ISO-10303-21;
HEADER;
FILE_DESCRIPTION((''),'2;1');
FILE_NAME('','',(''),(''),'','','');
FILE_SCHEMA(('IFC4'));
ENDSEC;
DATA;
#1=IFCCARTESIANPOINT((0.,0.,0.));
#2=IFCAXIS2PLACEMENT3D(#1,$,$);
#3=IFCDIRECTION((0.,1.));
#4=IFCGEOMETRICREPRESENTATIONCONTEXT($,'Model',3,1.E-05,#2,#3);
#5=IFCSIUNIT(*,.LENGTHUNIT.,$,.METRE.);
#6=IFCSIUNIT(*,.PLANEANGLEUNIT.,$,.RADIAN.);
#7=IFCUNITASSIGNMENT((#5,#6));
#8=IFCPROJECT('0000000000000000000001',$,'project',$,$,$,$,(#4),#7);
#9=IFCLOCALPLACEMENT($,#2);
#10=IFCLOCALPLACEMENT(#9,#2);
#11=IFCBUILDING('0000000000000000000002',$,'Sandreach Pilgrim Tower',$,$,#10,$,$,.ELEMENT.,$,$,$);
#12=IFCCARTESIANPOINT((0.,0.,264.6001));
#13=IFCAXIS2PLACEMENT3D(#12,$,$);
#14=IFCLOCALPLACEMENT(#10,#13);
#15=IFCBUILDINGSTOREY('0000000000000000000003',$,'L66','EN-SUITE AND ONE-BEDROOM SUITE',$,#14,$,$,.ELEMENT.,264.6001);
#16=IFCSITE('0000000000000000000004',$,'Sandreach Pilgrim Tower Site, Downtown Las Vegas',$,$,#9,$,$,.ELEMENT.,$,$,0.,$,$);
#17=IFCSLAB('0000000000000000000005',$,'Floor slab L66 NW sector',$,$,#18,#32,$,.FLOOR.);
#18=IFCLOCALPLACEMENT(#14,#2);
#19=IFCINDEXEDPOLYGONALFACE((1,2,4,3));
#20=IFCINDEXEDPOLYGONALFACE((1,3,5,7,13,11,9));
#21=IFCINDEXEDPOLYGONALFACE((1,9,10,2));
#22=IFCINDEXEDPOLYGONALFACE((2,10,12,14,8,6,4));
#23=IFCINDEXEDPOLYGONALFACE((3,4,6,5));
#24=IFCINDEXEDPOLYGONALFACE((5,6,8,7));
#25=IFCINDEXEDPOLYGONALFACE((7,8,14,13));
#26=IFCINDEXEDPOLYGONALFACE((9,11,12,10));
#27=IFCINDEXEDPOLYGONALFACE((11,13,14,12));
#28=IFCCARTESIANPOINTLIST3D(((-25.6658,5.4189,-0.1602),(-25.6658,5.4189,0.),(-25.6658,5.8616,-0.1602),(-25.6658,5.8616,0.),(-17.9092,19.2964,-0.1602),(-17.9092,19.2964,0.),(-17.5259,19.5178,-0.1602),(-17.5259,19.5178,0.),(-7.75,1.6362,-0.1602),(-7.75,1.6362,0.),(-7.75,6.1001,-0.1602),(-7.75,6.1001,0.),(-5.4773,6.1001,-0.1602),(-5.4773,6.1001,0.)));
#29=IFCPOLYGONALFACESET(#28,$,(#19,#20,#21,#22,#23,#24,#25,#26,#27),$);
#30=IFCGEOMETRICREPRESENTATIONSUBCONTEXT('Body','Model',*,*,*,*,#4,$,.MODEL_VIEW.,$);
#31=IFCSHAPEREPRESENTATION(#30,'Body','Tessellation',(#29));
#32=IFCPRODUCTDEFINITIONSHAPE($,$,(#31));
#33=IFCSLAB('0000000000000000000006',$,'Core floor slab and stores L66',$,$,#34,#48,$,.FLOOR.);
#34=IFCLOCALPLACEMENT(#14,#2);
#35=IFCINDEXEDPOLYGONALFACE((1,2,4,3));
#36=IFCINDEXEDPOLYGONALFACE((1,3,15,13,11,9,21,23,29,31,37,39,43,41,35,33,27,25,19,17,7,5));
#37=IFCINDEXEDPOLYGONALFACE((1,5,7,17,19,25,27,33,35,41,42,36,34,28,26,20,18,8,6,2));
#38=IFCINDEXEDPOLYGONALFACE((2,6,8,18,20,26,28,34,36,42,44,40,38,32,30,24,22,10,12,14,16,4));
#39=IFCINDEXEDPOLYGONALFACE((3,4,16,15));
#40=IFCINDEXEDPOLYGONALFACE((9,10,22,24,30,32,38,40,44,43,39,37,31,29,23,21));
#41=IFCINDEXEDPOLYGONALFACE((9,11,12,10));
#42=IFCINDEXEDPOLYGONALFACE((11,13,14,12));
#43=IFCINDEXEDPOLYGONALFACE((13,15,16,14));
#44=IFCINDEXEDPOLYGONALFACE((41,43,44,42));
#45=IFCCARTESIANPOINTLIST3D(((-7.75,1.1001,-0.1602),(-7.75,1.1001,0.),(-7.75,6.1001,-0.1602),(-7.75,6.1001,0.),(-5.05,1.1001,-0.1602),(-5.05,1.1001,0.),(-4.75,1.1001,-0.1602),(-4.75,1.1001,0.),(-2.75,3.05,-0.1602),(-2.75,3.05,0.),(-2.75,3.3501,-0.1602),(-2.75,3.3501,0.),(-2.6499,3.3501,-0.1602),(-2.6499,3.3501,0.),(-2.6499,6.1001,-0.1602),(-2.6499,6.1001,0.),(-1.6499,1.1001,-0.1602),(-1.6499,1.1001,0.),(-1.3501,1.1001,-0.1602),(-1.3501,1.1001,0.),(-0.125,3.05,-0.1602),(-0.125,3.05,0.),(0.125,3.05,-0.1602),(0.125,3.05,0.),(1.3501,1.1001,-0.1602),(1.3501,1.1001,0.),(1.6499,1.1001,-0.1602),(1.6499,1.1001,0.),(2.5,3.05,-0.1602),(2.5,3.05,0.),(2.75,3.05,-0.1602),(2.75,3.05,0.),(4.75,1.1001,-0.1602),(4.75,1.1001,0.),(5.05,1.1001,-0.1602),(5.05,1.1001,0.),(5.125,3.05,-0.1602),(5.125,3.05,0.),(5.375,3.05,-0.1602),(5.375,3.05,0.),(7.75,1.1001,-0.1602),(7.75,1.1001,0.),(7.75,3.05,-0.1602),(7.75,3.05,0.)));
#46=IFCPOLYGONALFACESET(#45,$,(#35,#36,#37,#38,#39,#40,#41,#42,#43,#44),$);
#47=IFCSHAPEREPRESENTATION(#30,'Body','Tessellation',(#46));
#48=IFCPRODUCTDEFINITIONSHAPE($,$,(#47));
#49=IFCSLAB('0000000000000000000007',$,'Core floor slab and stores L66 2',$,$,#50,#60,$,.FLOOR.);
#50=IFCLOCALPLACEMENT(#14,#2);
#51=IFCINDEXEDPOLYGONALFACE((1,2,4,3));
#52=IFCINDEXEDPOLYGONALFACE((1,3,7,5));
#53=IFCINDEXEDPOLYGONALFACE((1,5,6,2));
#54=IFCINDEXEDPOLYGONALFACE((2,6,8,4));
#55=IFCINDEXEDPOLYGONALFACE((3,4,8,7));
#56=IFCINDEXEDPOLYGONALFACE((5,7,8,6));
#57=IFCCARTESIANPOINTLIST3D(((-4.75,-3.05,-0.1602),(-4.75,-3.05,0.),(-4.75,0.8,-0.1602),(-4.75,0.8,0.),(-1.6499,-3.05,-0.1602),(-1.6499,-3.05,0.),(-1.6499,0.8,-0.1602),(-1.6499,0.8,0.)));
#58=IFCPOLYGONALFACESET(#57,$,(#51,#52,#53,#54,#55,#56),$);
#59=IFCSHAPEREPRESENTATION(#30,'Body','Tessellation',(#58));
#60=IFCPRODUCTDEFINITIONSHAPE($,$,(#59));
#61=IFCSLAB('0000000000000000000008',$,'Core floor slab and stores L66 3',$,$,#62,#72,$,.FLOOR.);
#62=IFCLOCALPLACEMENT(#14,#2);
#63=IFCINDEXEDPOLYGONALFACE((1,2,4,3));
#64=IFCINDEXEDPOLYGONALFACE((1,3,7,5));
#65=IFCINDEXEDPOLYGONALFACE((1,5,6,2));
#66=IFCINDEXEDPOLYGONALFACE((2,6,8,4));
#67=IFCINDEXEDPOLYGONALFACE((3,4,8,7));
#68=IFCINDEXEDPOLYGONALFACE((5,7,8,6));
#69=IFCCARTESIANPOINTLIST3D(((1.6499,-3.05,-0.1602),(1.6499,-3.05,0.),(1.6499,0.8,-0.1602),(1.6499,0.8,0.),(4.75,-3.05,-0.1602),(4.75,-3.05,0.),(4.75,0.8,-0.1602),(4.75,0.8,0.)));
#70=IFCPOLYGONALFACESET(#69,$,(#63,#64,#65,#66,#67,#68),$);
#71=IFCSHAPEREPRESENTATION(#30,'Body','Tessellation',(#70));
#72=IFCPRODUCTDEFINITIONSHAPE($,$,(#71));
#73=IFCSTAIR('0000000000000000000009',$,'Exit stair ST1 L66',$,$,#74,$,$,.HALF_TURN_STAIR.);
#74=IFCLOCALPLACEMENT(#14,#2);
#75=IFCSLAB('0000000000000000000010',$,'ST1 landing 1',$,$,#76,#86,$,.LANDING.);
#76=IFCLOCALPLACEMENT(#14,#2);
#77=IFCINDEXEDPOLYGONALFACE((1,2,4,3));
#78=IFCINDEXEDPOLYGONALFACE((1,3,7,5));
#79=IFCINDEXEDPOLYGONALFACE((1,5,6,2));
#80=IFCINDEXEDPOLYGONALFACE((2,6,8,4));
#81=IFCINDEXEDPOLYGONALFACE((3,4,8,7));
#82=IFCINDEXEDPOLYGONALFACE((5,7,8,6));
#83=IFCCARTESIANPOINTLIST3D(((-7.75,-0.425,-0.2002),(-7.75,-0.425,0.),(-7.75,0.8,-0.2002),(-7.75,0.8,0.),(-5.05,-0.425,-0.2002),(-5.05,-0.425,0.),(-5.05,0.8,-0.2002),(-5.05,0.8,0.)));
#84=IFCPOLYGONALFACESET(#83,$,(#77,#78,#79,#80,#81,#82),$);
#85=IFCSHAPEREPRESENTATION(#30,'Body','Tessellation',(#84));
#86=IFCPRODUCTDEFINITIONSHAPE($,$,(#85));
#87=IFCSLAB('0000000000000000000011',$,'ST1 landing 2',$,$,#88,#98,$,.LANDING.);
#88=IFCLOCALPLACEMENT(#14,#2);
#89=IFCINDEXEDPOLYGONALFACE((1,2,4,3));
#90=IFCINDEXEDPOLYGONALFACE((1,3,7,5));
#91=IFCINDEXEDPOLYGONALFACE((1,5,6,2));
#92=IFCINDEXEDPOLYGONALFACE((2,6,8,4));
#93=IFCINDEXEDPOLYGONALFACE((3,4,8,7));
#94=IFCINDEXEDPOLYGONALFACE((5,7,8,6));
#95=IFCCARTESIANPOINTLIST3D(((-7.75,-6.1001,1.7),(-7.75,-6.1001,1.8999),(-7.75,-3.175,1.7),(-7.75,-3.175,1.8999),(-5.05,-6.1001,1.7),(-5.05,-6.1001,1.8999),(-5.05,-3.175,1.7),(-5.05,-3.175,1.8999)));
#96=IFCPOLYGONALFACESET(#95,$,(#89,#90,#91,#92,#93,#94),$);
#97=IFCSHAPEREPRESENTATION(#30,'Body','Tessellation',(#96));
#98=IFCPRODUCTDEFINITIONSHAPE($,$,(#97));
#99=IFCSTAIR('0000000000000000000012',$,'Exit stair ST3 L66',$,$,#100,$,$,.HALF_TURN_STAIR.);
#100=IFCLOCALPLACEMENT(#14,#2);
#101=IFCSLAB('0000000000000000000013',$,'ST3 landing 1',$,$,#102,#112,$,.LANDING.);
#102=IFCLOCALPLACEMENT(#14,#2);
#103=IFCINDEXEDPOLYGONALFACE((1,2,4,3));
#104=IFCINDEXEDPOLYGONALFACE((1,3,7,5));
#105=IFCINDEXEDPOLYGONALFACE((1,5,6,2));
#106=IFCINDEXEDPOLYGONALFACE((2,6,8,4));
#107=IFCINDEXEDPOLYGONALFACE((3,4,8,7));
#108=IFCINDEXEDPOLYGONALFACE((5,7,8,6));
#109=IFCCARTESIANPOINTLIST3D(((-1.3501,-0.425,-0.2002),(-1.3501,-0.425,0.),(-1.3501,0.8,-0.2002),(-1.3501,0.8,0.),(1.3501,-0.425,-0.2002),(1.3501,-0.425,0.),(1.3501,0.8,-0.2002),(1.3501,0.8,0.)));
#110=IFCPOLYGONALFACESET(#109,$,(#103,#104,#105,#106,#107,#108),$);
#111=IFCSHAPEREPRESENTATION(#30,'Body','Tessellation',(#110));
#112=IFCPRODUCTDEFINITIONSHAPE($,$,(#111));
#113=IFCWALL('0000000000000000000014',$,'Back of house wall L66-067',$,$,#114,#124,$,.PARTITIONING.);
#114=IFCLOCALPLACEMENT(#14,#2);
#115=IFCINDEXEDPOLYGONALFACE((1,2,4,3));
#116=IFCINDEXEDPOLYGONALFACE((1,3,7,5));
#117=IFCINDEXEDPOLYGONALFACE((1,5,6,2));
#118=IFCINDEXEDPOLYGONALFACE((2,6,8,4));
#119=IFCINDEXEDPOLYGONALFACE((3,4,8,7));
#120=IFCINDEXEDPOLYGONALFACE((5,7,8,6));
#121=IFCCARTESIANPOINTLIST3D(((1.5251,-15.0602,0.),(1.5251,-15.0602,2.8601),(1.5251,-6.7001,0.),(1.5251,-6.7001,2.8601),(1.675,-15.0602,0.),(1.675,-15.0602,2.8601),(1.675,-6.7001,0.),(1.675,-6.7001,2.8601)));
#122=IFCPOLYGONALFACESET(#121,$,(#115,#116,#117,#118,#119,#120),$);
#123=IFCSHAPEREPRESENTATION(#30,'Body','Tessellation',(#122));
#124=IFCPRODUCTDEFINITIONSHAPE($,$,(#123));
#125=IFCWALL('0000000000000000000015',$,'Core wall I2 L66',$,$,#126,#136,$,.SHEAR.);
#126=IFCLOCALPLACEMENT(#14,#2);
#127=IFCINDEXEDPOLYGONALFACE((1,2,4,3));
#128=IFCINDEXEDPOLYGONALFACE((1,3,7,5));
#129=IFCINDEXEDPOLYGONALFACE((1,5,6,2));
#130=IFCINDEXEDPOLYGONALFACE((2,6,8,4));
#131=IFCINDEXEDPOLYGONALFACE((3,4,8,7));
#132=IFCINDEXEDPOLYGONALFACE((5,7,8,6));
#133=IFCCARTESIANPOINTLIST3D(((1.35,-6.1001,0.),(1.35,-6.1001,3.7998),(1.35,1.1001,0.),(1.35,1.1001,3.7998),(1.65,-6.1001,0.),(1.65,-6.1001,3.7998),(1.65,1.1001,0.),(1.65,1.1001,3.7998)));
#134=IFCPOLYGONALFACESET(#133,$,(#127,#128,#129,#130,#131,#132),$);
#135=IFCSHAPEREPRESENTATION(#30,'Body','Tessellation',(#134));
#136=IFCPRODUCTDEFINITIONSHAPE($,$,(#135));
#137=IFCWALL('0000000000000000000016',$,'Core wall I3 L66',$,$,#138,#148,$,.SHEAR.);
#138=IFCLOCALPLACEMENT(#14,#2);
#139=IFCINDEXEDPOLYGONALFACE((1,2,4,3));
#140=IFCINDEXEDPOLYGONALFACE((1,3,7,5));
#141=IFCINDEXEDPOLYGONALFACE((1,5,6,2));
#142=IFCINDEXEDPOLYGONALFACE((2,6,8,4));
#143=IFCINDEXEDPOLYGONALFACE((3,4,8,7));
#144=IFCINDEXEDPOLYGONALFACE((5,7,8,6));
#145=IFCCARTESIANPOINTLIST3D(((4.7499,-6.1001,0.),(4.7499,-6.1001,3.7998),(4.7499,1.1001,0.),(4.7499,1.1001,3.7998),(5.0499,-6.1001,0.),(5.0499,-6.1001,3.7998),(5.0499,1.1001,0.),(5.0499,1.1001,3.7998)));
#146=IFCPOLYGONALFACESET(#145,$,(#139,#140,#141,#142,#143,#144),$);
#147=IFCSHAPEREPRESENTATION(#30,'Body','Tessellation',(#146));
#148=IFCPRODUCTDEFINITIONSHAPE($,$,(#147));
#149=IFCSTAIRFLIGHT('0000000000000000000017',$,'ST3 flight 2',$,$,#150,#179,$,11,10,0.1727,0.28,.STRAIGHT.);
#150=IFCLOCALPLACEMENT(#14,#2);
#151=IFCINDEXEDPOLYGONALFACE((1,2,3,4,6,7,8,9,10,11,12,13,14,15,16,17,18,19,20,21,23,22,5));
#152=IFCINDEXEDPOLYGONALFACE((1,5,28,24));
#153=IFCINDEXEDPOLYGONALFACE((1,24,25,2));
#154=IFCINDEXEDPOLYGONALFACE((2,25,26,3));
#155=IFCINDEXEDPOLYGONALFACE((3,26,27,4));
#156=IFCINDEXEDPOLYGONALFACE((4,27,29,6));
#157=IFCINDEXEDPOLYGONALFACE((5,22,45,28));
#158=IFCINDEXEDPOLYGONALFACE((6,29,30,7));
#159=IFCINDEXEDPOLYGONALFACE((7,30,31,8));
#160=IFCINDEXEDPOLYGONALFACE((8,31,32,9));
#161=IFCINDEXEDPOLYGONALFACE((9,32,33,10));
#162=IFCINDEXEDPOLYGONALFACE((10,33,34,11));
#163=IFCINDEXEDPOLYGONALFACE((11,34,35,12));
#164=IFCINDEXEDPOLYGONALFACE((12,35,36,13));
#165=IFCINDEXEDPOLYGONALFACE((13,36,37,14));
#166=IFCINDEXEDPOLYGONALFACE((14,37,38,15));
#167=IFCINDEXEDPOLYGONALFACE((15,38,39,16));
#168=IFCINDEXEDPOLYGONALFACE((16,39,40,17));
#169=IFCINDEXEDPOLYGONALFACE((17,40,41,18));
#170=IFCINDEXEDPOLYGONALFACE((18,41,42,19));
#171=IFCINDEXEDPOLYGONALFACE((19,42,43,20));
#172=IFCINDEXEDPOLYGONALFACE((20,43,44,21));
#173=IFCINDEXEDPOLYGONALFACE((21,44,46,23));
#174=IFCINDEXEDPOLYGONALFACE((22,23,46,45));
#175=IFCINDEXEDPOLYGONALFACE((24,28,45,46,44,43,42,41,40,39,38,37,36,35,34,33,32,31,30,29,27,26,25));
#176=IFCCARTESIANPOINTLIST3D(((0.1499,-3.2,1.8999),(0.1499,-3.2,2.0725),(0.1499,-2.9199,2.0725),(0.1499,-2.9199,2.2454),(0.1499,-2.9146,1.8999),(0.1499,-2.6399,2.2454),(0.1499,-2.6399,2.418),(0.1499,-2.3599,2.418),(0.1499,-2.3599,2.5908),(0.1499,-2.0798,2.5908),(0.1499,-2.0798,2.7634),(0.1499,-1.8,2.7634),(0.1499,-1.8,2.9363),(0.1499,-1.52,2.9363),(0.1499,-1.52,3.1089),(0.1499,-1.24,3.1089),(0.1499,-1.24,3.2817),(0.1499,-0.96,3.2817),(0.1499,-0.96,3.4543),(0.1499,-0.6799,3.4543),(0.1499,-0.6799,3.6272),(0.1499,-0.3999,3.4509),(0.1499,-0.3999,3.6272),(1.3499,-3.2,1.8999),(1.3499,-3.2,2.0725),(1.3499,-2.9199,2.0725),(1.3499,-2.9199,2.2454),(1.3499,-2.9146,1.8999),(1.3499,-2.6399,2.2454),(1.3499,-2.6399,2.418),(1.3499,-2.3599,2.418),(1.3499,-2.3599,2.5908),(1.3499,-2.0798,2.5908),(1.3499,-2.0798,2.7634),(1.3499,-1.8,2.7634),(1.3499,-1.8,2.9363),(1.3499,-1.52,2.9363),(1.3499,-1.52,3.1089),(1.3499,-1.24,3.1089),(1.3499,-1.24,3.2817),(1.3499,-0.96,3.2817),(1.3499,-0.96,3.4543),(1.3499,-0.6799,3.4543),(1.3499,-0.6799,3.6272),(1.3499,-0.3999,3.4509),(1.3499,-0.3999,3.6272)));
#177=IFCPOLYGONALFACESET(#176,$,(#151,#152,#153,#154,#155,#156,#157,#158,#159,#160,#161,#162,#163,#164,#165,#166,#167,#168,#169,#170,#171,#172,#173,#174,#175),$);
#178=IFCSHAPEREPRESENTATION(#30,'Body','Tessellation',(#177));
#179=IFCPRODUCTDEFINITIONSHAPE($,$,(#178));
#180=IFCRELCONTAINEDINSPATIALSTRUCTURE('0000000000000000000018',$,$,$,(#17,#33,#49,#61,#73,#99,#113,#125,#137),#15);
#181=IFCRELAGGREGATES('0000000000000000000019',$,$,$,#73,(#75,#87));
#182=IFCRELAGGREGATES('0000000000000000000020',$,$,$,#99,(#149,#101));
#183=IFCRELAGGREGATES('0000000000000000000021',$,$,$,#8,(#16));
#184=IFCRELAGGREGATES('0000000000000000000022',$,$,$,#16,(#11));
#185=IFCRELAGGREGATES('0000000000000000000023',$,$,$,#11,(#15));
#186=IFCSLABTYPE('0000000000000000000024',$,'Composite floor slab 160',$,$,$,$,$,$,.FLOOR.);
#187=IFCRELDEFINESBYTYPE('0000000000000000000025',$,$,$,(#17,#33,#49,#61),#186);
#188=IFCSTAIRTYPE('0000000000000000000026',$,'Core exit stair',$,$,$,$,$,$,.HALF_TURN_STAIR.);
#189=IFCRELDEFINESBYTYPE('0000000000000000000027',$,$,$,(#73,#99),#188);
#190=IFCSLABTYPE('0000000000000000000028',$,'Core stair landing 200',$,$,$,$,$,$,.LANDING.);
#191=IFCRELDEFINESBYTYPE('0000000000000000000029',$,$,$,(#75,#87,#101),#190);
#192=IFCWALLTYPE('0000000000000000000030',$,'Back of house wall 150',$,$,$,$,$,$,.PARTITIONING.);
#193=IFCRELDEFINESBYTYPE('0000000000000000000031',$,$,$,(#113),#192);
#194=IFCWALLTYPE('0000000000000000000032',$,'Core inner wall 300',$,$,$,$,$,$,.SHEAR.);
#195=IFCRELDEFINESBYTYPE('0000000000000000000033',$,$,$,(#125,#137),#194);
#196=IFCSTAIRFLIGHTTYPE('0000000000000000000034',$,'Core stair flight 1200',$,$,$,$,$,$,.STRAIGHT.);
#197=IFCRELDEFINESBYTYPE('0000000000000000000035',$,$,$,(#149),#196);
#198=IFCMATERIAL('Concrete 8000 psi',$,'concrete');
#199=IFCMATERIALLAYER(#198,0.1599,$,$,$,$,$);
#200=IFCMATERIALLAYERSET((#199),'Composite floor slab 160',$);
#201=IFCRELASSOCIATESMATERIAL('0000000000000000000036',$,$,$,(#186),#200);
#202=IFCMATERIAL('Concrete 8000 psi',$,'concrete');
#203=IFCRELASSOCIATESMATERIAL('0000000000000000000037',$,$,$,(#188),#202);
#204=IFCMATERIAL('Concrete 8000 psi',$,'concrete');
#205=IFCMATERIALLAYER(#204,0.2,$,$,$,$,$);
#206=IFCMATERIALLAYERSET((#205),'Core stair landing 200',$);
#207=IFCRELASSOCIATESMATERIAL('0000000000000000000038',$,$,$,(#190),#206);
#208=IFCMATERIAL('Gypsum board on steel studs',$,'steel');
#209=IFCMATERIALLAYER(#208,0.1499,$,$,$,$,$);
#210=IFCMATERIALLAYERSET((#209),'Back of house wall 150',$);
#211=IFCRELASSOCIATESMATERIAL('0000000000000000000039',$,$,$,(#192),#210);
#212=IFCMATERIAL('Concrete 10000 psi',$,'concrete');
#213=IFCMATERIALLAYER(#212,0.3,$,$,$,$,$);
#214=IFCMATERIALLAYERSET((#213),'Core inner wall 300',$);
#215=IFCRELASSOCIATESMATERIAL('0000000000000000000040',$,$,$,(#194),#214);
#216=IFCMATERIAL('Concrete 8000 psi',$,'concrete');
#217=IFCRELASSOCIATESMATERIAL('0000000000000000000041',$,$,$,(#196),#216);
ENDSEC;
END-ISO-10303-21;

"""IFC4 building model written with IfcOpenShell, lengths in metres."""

from ifc_helpers import new_model, si_unit, direction, frame, frame_2d, origin, place, context, subcontext, project, spatial, polyline, rectangle, outline, extrude, material, layer, layer_set, type_object, element, aggregate, save


model = new_model("IFC4")

# Units and contexts
model_context = context("Model", 3, precision=1e-05, world=origin(), true_north=direction((0.0, 1.0)))
body_context = subcontext(model_context, "Body", "Model", "MODEL_VIEW")
ifc_project = project(units=[si_unit("LENGTHUNIT", "METRE"), si_unit("PLANEANGLEUNIT", "RADIAN")], contexts=[model_context])

# Site, building, storey
site_placement = place(None, origin())
site = spatial("IfcSite", under=ifc_project, at=site_placement, Name="Sandreach Pilgrim Tower Site, Downtown Las Vegas", CompositionType="ELEMENT", RefElevation=0.0)
building_placement = place(site_placement, origin())
building = spatial("IfcBuilding", under=site, at=building_placement, Name="Sandreach Pilgrim Tower", CompositionType="ELEMENT")
storey_placement = place(building_placement, frame((0.0, 0.0, 264.6001)))
storey = spatial("IfcBuildingStorey", under=building, at=storey_placement, Name="L66", Description="EN-SUITE AND ONE-BEDROOM SUITE", CompositionType="ELEMENT", Elevation=264.6001)

# Slabs
ifc_material_1 = material(Name="Concrete 8000 psi", Category="concrete")
ifc_layer_1 = layer(ifc_material_1, 0.1599)
ifc_layer_set_1 = layer_set([ifc_layer_1], Name="Composite floor slab 160")
slab_type_1 = type_object("IfcSlabType", Name="Composite floor slab 160", PredefinedType="FLOOR", material=ifc_layer_set_1)
slab_1_placement = place(storey_placement, frame((0.0, 0.0, -0.1602)))
element("IfcSlab", 1, at=slab_1_placement, inside=storey, type_object=slab_type_1, Name="Floor slab L66 NW sector", PredefinedType="FLOOR", context=body_context, shape_type="SweptSolid", body=[
    extrude(outline(polyline([(-25.6658, 5.8616), (-17.9092, 19.2964), (-17.5259, 19.5178), (-5.4773, 6.1001), (-7.75, 6.1001), (-7.75, 1.6362), (-25.6658, 5.4189), (-25.6658, 5.8616)])), origin(), (0.0, 0.0, 1.0), 0.1602),
])
slab_2_placement = place(storey_placement, frame((0.0, 0.0, -0.1602)))
element("IfcSlab", 2, at=slab_2_placement, inside=storey, type_object=slab_type_1, Name="Core floor slab and stores L66", PredefinedType="FLOOR", context=body_context, shape_type="SweptSolid", body=[
    extrude(outline(polyline([(-2.75, 3.3501), (-2.75, 3.05), (-0.125, 3.05), (0.125, 3.05), (2.5, 3.05), (2.75, 3.05), (5.125, 3.05), (5.375, 3.05), (7.75, 3.05), (7.75, 1.1001), (5.05, 1.1001), (4.75, 1.1001), (1.6499, 1.1001), (1.3501, 1.1001), (-1.3501, 1.1001), (-1.6499, 1.1001), (-4.75, 1.1001), (-5.05, 1.1001), (-7.75, 1.1001), (-7.75, 6.1001), (-2.6499, 6.1001), (-2.6499, 3.3501), (-2.75, 3.3501)])), origin(), (0.0, 0.0, 1.0), 0.1602),
])
slab_3_placement = place(storey_placement, frame((0.0, 0.0, -0.1602)))
element("IfcSlab", 3, at=slab_3_placement, inside=storey, type_object=slab_type_1, Name="Core floor slab and stores L66 2", PredefinedType="FLOOR", context=body_context, shape_type="SweptSolid", body=[
    extrude(outline(polyline([(-1.6499, -3.05), (-4.75, -3.05), (-4.75, 0.8), (-1.6499, 0.8), (-1.6499, -3.05)])), origin(), (0.0, 0.0, 1.0), 0.1602),
])
slab_4_placement = place(storey_placement, frame((0.0, 0.0, -0.1602)))
element("IfcSlab", 4, at=slab_4_placement, inside=storey, type_object=slab_type_1, Name="Core floor slab and stores L66 3", PredefinedType="FLOOR", context=body_context, shape_type="SweptSolid", body=[
    extrude(outline(polyline([(4.75, -3.05), (1.6499, -3.05), (1.6499, 0.8), (4.75, 0.8), (4.75, -3.05)])), origin(), (0.0, 0.0, 1.0), 0.1602),
])

# Stair, slabs
ifc_material_2 = material(Name="Concrete 8000 psi", Category="concrete")
stair_type = type_object("IfcStairType", Name="Core exit stair", PredefinedType="HALF_TURN_STAIR", material=ifc_material_2)
stair_1_placement = place(storey_placement, origin())
stair_1 = element("IfcStair", 5, at=stair_1_placement, inside=storey, type_object=stair_type, Name="Exit stair ST1 L66", PredefinedType="HALF_TURN_STAIR")
ifc_material_3 = material(Name="Concrete 8000 psi", Category="concrete")
ifc_layer_2 = layer(ifc_material_3, 0.2)
ifc_layer_set_2 = layer_set([ifc_layer_2], Name="Core stair landing 200")
slab_type_2 = type_object("IfcSlabType", Name="Core stair landing 200", PredefinedType="LANDING", material=ifc_layer_set_2)
slab_5_placement = place(storey_placement, frame((0.0, 0.0, -0.2002)))
slab_5 = element("IfcSlab", 6, at=slab_5_placement, type_object=slab_type_2, Name="ST1 landing 1", PredefinedType="LANDING", context=body_context, shape_type="SweptSolid", body=[
    extrude(outline(polyline([(-7.75, -0.425), (-5.05, -0.425), (-5.05, 0.8), (-7.75, 0.8), (-7.75, -0.425)])), origin(), (0.0, 0.0, 1.0), 0.2002),
])
slab_6_placement = place(storey_placement, frame((0.0, 0.0, 1.7)))
slab_6 = element("IfcSlab", 7, at=slab_6_placement, type_object=slab_type_2, Name="ST1 landing 2", PredefinedType="LANDING", context=body_context, shape_type="SweptSolid", body=[
    extrude(outline(polyline([(-7.75, -6.1001), (-5.05, -6.1001), (-5.05, -3.175), (-7.75, -3.175), (-7.75, -6.1001)])), origin(), (0.0, 0.0, 1.0), 0.2),
])
aggregate(stair_1, [slab_5, slab_6])

# Stair, slab
stair_2_placement = place(storey_placement, origin())
stair_2 = element("IfcStair", 8, at=stair_2_placement, inside=storey, type_object=stair_type, Name="Exit stair ST3 L66", PredefinedType="HALF_TURN_STAIR")
slab_7_placement = place(storey_placement, frame((0.0, 0.0, -0.2002)))
slab_7 = element("IfcSlab", 9, at=slab_7_placement, type_object=slab_type_2, Name="ST3 landing 1", PredefinedType="LANDING", context=body_context, shape_type="SweptSolid", body=[
    extrude(outline(polyline([(-1.3501, -0.425), (1.3501, -0.425), (1.3501, 0.8), (-1.3501, 0.8), (-1.3501, -0.425)])), origin(), (0.0, 0.0, 1.0), 0.2002),
])

# Walls
ifc_material_4 = material(Name="Gypsum board on steel studs", Category="steel")
ifc_layer_3 = layer(ifc_material_4, 0.1499)
ifc_layer_set_3 = layer_set([ifc_layer_3], Name="Back of house wall 150")
wall_type_1 = type_object("IfcWallType", Name="Back of house wall 150", PredefinedType="PARTITIONING", material=ifc_layer_set_3)
wall_1_placement = place(storey_placement, frame((1.6001, -6.7, 0.0), z_axis=(0.0, 0.0, 1.0), x_axis=(0.0, -1.0, 0.0)))
element("IfcWall", 10, at=wall_1_placement, inside=storey, type_object=wall_type_1, Name="Back of house wall L66-067", PredefinedType="PARTITIONING", context=body_context, shape_type="SweptSolid", body=[
    extrude(rectangle(XDim=8.3601, YDim=0.1499, at=frame_2d((4.1802, 0.0))), origin(), (0.0, 0.0, 1.0), 2.8601),
])
ifc_material_5 = material(Name="Concrete 10000 psi", Category="concrete")
ifc_layer_4 = layer(ifc_material_5, 0.3)
ifc_layer_set_4 = layer_set([ifc_layer_4], Name="Core inner wall 300")
wall_type_2 = type_object("IfcWallType", Name="Core inner wall 300", PredefinedType="SHEAR", material=ifc_layer_set_4)
for number, where, z_axis, x_axis, name in (
    (11, (1.5, -6.1001, 0.0), (0.0, 0.0, 1.0), (0.0, 1.0, 0.0), "Core wall I2 L66"),
    (12, (4.8999, -6.1001, 0.0), (0.0, 0.0, 1.0), (0.0, 1.0, 0.0), "Core wall I3 L66"),
):
    element("IfcWall", number, at=place(storey_placement, frame(where, z_axis=z_axis, x_axis=x_axis)), inside=storey, type_object=wall_type_2, Name=name, PredefinedType="SHEAR", context=body_context, shape_type="SweptSolid", body=[
        extrude(rectangle(XDim=7.2002, YDim=0.3, at=frame_2d((3.6001, 0.0))), origin(), (0.0, 0.0, 1.0), 3.7998),
    ])

# Stair flight
ifc_material_6 = material(Name="Concrete 8000 psi", Category="concrete")
stair_flight_type = type_object("IfcStairFlightType", Name="Core stair flight 1200", PredefinedType="STRAIGHT", material=ifc_material_6)
stair_flight_placement = place(storey_placement, frame((0.75, -3.2, 1.8999), z_axis=(0.0, 0.0, 1.0), x_axis=(0.0, 1.0, 0.0)))
stair_flight = element("IfcStairFlight", 13, at=stair_flight_placement, type_object=stair_flight_type, Name="ST3 flight 2", NumberOfRisers=11, NumberOfTreads=10, PredefinedType="STRAIGHT", RiserHeight=0.1727, TreadLength=0.28, context=body_context, shape_type="SweptSolid", body=[
    extrude(outline(polyline([(0.0, 0.0), (0.0, 0.1726), (0.28, 0.1726), (0.28, 0.3455), (0.5601, 0.3455), (0.5601, 0.5181), (0.8401, 0.5181), (0.8401, 0.6909), (1.1201, 0.6909), (1.1201, 0.8635), (1.3999, 0.8635), (1.3999, 1.0364), (1.6799, 1.0364), (1.6799, 1.209), (1.96, 1.209), (1.96, 1.3818), (2.24, 1.3818), (2.24, 1.5544), (2.52, 1.5544), (2.52, 1.7273), (2.8, 1.7273), (2.8, 1.8999), (2.8, 1.551), (0.2854, 0.0), (0.0, 0.0)])), frame((0.0, 0.6001, 0.0), z_axis=(0.0, -1.0, 0.0), x_axis=(1.0, 0.0, 0.0)), (0.0, 0.0, 1.0), 1.2),
])
aggregate(stair_2, [stair_flight, slab_7])

save(model, "model.ifc")
